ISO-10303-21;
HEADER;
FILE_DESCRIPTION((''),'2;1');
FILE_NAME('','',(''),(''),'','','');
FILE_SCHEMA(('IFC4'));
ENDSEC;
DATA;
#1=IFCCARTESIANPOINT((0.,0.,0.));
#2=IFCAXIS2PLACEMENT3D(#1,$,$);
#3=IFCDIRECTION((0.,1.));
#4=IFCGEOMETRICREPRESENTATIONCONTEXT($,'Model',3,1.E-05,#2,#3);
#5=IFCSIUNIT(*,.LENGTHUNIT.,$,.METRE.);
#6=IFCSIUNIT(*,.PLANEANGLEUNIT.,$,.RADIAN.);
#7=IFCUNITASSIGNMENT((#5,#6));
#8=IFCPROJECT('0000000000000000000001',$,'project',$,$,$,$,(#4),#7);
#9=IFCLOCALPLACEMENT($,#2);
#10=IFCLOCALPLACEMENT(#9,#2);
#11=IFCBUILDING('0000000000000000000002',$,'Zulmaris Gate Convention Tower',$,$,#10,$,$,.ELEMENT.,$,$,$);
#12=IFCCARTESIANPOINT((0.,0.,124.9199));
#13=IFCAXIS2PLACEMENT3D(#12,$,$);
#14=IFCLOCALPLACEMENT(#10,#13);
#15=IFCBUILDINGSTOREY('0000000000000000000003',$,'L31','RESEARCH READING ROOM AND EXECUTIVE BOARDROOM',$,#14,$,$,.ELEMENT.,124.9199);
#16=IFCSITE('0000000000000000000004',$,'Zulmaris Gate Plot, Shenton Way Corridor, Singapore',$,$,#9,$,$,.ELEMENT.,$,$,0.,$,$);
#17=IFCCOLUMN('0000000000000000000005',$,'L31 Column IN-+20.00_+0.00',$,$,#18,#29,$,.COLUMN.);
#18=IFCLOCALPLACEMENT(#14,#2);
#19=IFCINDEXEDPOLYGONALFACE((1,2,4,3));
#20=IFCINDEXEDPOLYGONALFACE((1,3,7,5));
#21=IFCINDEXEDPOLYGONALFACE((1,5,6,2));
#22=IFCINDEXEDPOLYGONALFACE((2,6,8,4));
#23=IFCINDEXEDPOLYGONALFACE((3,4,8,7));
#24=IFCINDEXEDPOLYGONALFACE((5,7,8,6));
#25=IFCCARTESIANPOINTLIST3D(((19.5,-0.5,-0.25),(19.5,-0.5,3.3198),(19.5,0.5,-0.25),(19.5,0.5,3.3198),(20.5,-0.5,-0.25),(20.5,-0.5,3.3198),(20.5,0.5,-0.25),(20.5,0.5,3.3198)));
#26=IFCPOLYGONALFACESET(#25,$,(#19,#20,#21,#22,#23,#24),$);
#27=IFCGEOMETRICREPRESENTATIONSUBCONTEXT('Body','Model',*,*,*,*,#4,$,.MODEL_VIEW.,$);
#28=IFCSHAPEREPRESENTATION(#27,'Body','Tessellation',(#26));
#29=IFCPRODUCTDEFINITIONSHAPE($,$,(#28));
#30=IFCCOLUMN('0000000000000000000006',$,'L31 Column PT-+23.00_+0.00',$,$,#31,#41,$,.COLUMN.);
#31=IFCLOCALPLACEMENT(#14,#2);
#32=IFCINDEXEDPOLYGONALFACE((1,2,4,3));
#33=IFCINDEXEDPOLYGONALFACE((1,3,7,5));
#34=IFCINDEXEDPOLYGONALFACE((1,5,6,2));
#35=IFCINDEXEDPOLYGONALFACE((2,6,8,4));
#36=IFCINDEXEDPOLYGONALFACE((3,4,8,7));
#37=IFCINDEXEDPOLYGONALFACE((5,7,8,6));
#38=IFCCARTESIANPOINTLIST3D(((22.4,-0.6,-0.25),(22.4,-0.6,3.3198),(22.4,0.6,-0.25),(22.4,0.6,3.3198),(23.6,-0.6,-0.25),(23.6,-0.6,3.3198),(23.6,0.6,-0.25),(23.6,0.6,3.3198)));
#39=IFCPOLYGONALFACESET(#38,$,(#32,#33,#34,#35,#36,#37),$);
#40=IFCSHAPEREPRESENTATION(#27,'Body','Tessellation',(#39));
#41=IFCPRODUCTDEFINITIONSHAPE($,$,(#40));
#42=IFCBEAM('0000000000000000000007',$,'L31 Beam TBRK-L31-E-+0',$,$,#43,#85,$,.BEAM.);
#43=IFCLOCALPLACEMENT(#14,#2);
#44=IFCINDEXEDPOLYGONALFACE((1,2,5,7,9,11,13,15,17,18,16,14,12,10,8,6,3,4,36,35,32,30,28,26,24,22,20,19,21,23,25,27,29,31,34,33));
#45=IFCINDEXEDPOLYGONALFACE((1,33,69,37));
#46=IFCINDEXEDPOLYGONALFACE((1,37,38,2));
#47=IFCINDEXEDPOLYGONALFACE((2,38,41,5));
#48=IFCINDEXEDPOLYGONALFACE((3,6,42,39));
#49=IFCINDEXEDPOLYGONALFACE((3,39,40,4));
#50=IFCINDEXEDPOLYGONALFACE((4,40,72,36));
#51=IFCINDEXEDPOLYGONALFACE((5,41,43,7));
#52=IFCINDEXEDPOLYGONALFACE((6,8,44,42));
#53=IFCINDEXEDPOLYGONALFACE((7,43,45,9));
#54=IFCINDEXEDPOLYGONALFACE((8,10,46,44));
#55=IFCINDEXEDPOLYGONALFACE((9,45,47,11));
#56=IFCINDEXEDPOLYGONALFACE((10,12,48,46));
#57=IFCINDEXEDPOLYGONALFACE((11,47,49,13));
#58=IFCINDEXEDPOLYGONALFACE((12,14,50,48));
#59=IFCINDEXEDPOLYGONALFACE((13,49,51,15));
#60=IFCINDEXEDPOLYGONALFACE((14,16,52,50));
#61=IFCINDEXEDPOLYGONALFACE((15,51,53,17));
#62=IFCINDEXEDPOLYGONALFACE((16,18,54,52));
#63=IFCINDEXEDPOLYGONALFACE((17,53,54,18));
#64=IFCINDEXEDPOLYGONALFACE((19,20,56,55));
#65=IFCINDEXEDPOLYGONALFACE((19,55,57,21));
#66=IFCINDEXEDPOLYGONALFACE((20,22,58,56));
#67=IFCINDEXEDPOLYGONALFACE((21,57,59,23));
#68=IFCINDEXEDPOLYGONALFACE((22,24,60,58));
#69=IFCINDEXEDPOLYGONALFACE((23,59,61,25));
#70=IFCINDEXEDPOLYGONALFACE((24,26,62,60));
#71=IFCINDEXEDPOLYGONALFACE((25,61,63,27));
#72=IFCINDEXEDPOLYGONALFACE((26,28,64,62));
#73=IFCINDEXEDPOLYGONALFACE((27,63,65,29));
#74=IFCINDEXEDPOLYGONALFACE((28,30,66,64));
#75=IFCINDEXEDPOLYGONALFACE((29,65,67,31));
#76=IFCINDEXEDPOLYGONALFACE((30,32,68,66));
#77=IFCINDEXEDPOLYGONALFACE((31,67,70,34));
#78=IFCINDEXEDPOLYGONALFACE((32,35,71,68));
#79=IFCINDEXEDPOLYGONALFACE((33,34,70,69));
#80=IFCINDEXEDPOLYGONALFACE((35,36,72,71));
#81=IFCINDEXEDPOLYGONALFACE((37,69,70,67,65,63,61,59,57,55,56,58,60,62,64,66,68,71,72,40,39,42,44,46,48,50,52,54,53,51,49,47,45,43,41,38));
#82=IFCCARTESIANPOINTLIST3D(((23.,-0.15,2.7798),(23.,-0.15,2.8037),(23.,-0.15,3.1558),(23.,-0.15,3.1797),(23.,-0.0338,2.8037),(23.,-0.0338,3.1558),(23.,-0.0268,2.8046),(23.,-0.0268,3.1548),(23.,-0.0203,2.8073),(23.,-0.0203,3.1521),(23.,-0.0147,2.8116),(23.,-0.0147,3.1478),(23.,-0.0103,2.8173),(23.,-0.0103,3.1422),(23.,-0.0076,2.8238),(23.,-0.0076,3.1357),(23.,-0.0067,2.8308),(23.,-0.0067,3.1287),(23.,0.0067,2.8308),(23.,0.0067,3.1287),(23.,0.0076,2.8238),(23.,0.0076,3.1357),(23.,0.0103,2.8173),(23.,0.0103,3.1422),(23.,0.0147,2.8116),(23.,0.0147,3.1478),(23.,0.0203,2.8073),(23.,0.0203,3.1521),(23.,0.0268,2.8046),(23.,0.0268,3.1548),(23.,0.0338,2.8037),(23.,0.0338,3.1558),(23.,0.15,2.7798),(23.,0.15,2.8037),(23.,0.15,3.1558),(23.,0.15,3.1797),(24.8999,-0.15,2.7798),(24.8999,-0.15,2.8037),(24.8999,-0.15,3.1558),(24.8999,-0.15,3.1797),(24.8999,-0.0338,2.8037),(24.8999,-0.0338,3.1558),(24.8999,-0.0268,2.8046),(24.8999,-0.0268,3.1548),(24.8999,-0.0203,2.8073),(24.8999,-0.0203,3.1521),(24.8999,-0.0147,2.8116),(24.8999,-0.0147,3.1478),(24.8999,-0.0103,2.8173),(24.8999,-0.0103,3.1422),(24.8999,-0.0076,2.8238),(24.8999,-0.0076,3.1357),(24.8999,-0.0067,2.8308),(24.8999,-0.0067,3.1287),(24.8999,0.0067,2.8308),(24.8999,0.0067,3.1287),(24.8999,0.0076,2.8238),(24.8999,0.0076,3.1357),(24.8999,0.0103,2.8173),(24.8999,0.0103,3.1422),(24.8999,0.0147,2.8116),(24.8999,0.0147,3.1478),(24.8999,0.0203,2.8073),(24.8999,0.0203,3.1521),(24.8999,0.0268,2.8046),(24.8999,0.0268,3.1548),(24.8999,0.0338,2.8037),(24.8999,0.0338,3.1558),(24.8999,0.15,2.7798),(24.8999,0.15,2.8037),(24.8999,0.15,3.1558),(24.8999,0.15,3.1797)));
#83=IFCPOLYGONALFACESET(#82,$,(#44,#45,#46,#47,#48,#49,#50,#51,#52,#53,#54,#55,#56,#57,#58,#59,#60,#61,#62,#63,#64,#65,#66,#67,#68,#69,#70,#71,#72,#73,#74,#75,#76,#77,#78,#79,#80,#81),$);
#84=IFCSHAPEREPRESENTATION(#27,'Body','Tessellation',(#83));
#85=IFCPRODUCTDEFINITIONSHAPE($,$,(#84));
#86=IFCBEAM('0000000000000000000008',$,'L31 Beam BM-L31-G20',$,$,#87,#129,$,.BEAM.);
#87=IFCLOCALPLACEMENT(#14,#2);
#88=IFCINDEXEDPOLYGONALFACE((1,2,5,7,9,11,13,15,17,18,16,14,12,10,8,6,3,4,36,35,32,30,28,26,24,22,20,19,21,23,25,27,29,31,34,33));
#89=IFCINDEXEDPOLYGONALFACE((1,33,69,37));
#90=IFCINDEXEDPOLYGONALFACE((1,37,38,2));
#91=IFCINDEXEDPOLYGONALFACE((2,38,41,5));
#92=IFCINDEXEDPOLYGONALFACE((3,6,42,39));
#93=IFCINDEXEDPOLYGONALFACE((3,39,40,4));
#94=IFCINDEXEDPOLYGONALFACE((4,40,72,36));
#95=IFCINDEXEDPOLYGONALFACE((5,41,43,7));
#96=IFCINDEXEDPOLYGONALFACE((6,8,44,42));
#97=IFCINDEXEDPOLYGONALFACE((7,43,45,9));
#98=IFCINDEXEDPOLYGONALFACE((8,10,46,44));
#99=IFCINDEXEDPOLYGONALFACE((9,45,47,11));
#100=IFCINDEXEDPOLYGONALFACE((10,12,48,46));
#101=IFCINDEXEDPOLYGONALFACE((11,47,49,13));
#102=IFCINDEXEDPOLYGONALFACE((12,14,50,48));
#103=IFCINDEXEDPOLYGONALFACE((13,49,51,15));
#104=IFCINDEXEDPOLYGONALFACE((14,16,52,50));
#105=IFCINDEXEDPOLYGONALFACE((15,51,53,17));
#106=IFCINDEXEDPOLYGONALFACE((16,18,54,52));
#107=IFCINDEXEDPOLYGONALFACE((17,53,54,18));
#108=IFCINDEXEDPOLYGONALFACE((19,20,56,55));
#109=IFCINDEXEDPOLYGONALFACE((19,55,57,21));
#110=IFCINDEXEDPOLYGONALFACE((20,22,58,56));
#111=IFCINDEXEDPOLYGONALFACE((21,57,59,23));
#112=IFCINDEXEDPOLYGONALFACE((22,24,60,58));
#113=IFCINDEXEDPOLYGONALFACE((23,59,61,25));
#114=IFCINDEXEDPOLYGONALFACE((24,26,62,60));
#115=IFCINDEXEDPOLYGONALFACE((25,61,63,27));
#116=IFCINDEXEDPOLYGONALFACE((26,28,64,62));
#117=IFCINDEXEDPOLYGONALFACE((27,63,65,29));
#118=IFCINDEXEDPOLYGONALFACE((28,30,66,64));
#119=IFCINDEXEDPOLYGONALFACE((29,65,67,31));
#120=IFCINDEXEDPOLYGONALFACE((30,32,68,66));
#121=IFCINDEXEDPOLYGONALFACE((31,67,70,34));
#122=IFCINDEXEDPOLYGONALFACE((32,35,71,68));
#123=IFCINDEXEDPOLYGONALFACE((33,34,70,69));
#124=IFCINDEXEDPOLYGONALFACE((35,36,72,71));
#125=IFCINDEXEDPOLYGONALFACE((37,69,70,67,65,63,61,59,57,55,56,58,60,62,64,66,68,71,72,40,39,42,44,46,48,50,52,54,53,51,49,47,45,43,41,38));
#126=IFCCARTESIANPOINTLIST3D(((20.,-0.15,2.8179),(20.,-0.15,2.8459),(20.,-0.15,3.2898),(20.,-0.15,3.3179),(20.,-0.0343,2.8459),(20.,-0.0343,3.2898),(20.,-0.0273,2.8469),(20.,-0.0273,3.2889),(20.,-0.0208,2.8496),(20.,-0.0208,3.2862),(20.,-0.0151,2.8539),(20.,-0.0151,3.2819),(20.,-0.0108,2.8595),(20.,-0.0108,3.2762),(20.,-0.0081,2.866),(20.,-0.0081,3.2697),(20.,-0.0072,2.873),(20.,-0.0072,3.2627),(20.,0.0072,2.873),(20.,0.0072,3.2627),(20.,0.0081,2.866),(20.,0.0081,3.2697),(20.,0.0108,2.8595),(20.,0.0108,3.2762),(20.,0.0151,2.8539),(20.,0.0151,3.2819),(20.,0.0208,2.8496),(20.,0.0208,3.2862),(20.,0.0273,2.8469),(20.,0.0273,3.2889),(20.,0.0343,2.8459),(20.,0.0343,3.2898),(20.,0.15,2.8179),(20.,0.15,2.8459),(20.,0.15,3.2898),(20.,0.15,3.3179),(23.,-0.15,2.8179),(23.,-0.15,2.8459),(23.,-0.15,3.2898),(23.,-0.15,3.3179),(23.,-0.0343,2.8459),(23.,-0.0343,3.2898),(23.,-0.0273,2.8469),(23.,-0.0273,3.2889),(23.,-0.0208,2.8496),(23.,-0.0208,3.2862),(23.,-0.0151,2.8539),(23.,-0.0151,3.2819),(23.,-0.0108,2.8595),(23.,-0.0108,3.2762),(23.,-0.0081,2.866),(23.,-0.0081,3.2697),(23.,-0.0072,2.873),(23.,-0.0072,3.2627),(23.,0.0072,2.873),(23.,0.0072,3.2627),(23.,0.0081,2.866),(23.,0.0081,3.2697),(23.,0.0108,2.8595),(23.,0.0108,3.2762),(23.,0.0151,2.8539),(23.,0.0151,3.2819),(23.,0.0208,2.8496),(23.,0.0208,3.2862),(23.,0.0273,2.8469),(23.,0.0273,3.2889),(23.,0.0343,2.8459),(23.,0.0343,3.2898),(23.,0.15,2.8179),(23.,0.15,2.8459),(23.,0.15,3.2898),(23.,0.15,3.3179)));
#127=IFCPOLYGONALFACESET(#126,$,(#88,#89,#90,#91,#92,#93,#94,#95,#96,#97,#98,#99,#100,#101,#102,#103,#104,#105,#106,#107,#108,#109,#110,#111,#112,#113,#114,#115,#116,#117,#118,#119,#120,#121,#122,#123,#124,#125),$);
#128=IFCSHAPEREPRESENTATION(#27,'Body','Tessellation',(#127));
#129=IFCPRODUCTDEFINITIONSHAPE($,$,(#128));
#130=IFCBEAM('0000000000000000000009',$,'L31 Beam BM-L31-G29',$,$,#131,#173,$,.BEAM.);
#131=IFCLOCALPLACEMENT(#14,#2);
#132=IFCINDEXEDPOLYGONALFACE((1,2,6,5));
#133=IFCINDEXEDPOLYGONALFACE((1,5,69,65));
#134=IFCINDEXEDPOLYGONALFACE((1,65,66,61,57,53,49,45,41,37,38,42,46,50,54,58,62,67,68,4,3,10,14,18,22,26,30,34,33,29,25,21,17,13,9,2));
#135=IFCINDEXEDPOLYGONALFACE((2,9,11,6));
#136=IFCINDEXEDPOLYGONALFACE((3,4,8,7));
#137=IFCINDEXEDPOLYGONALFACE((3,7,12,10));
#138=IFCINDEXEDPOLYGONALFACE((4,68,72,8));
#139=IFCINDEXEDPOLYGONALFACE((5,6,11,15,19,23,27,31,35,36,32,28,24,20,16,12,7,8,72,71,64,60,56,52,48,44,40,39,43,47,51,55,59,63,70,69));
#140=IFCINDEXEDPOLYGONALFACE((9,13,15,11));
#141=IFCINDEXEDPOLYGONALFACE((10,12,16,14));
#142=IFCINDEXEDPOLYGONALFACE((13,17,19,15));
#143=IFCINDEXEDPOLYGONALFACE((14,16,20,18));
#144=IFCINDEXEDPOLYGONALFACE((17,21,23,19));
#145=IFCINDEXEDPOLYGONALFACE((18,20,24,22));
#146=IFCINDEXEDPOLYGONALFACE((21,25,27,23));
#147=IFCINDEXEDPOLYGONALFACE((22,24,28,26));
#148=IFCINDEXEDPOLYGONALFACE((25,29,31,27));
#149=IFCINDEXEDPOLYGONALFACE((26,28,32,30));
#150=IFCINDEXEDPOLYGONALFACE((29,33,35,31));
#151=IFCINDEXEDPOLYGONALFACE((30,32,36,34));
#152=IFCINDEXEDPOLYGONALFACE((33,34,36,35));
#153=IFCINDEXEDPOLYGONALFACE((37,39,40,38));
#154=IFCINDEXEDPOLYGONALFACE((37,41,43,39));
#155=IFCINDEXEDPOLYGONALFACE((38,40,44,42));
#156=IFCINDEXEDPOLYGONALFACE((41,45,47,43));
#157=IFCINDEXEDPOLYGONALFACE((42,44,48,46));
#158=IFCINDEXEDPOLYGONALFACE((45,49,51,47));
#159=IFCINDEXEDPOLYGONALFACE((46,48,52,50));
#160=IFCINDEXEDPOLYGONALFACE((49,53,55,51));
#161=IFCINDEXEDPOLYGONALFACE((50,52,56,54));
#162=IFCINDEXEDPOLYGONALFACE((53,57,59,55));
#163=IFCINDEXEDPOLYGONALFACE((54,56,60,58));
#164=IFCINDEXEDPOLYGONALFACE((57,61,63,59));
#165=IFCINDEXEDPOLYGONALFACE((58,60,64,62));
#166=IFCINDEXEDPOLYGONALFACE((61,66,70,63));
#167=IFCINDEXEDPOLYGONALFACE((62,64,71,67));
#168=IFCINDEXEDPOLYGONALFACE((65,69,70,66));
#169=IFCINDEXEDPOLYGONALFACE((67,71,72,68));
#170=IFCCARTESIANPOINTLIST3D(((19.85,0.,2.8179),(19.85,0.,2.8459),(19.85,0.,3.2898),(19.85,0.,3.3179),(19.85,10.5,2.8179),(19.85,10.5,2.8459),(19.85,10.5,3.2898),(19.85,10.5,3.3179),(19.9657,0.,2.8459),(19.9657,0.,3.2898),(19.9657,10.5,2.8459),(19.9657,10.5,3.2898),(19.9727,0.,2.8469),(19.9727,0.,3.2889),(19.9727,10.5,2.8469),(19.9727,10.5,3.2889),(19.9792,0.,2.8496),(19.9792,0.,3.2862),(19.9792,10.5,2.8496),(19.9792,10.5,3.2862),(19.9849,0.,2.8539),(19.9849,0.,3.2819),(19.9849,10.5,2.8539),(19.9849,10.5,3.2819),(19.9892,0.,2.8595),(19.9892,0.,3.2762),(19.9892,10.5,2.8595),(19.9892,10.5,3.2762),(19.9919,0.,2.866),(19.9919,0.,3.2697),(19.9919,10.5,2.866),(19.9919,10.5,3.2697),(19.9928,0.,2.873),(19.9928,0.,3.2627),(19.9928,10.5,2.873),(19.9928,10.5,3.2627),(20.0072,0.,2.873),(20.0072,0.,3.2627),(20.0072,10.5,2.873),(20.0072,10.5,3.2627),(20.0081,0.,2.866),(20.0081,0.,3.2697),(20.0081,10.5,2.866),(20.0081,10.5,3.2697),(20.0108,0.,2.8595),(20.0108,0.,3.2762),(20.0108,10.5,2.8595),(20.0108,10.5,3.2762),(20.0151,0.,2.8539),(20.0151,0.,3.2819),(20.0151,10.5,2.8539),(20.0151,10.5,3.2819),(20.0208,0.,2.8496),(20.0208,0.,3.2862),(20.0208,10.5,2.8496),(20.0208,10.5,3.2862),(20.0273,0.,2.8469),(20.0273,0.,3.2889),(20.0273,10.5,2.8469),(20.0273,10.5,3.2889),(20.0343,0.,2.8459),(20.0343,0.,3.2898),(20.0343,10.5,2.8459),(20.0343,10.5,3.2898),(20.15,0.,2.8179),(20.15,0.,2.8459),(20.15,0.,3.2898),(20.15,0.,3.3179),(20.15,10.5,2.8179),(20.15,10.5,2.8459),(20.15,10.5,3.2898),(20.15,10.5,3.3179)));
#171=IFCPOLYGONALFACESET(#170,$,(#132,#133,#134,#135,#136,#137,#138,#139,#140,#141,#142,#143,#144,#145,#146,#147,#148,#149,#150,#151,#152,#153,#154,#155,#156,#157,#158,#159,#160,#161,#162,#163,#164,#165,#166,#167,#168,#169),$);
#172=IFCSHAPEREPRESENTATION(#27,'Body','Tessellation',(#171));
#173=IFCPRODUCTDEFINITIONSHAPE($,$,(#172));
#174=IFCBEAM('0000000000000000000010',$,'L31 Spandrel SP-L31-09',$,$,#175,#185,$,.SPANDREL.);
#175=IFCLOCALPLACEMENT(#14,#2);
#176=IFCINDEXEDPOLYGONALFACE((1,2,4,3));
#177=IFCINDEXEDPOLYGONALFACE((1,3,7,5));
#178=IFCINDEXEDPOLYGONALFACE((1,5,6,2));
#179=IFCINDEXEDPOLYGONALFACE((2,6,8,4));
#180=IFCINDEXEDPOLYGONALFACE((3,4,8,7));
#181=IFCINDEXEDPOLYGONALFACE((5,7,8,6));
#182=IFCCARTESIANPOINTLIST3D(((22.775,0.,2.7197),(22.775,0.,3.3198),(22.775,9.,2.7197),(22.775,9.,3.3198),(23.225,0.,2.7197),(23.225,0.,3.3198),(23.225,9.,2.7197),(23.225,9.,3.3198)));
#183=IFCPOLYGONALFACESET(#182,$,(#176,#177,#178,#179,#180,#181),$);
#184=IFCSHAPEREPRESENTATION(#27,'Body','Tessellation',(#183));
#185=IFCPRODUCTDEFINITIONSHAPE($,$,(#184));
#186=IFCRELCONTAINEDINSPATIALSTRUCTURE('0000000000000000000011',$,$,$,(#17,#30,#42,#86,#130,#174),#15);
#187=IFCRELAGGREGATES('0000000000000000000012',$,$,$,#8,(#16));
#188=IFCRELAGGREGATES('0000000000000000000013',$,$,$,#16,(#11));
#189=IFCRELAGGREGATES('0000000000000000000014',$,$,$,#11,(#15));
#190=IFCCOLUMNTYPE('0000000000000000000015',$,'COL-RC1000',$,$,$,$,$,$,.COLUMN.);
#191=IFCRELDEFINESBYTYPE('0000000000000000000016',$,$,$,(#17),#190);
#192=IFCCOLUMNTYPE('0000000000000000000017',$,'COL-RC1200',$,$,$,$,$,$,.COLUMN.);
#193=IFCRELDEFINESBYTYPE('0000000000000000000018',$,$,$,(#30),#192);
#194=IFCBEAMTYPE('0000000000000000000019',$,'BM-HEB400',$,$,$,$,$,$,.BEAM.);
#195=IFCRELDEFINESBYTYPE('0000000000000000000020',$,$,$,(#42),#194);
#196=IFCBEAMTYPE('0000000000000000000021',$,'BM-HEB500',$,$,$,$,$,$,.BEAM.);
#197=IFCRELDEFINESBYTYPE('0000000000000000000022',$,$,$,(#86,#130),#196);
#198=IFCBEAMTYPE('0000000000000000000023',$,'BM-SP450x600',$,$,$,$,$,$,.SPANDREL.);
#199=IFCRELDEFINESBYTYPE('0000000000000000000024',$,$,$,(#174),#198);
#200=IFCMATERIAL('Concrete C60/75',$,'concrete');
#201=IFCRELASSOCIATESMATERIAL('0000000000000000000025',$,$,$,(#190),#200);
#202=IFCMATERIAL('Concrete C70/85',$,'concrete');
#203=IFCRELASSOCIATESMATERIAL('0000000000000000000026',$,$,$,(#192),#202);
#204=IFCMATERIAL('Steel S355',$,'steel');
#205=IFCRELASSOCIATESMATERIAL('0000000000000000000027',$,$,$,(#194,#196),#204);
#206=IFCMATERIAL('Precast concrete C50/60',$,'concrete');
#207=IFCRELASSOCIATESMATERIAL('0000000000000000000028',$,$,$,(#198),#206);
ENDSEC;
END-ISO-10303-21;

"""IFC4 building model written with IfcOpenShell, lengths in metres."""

from ifc_helpers import new_model, si_unit, direction, frame, origin, origin_2d, place, context, subcontext, project, spatial, rectangle, i_section, extrude, material, material_profile, profile_set, type_object, element, save


model = new_model("IFC4")

# Units and contexts
model_context = context("Model", 3, precision=1e-05, world=origin(), true_north=direction((0.0, 1.0)))
body_context = subcontext(model_context, "Body", "Model", "MODEL_VIEW")
ifc_project = project(units=[si_unit("LENGTHUNIT", "METRE"), si_unit("PLANEANGLEUNIT", "RADIAN")], contexts=[model_context])

# Site, building, storey
site_placement = place(None, origin())
site = spatial("IfcSite", under=ifc_project, at=site_placement, Name="Zulmaris Gate Plot, Shenton Way Corridor, Singapore", CompositionType="ELEMENT", RefElevation=0.0)
building_placement = place(site_placement, origin())
building = spatial("IfcBuilding", under=site, at=building_placement, Name="Zulmaris Gate Convention Tower", CompositionType="ELEMENT")
storey_placement = place(building_placement, frame((0.0, 0.0, 124.9199)))
storey = spatial("IfcBuildingStorey", under=building, at=storey_placement, Name="L31", Description="RESEARCH READING ROOM AND EXECUTIVE BOARDROOM", CompositionType="ELEMENT", Elevation=124.9199)

# Columns
ifc_material_1 = material(Name="Concrete C60/75", Category="concrete")
ifc_material_profile_1 = material_profile(ifc_material_1, rectangle(XDim=1.0, YDim=1.0, at=origin_2d()), Name="RC COL 1000x1000")
ifc_profile_set_1 = profile_set([ifc_material_profile_1], Name="Concrete C60/75")
column_type_1 = type_object("IfcColumnType", Name="COL-RC1000", PredefinedType="COLUMN", material=ifc_profile_set_1)
column_1_placement = place(storey_placement, frame((20.0, 0.0, -0.25), z_axis=(0.0, 0.0, 1.0), x_axis=(1.0, 0.0, 0.0)))
element("IfcColumn", 1, at=column_1_placement, inside=storey, type_object=column_type_1, Name="L31 Column IN-+20.00_+0.00", PredefinedType="COLUMN", context=body_context, shape_type="SweptSolid", body=[
    extrude(rectangle(XDim=1.0, YDim=1.0, at=origin_2d()), origin(), (0.0, 0.0, 1.0), 3.5698),
])
ifc_material_2 = material(Name="Concrete C70/85", Category="concrete")
ifc_material_profile_2 = material_profile(ifc_material_2, rectangle(XDim=1.2, YDim=1.2, at=origin_2d()), Name="RC COL 1200x1200")
ifc_profile_set_2 = profile_set([ifc_material_profile_2], Name="Concrete C70/85")
column_type_2 = type_object("IfcColumnType", Name="COL-RC1200", PredefinedType="COLUMN", material=ifc_profile_set_2)
column_2_placement = place(storey_placement, frame((23.0, 0.0, -0.25), z_axis=(0.0, 0.0, 1.0), x_axis=(1.0, 0.0, 0.0)))
element("IfcColumn", 2, at=column_2_placement, inside=storey, type_object=column_type_2, Name="L31 Column PT-+23.00_+0.00", PredefinedType="COLUMN", context=body_context, shape_type="SweptSolid", body=[
    extrude(rectangle(XDim=1.2, YDim=1.2, at=origin_2d()), origin(), (0.0, 0.0, 1.0), 3.5698),
])

# Beams
ifc_material_3 = material(Name="Steel S355", Category="steel")
ifc_material_profile_3 = material_profile(ifc_material_3, i_section(OverallWidth=0.3, OverallDepth=0.3999, WebThickness=0.0134, FlangeThickness=0.0239, FilletRadius=0.0271, at=origin_2d()), Name="HEB 400")
ifc_profile_set_3 = profile_set([ifc_material_profile_3], Name="Steel S355")
beam_type_1 = type_object("IfcBeamType", Name="BM-HEB400", PredefinedType="BEAM", material=ifc_profile_set_3)
beam_1_placement = place(storey_placement, frame((23.0, 0.0, 2.9797), z_axis=(1.0, 0.0, 0.0), x_axis=(0.0, 1.0, 0.0)))
element("IfcBeam", 3, at=beam_1_placement, inside=storey, type_object=beam_type_1, Name="L31 Beam TBRK-L31-E-+0", PredefinedType="BEAM", context=body_context, shape_type="SweptSolid", body=[
    extrude(i_section(OverallWidth=0.3, OverallDepth=0.3999, WebThickness=0.0134, FlangeThickness=0.0239, FilletRadius=0.0271, at=origin_2d()), origin(), (0.0, 0.0, 1.0), 1.8999),
])
ifc_material_profile_4 = material_profile(ifc_material_3, i_section(OverallWidth=0.3, OverallDepth=0.5, WebThickness=0.0144, FlangeThickness=0.0281, FilletRadius=0.0271, at=origin_2d()), Name="HEB 500")
ifc_profile_set_4 = profile_set([ifc_material_profile_4], Name="Steel S355")
beam_type_2 = type_object("IfcBeamType", Name="BM-HEB500", PredefinedType="BEAM", material=ifc_profile_set_4)
beam_2_placement = place(storey_placement, frame((20.0, 0.0, 3.0679), z_axis=(1.0, 0.0, 0.0), x_axis=(0.0, 1.0, 0.0)))
element("IfcBeam", 4, at=beam_2_placement, inside=storey, type_object=beam_type_2, Name="L31 Beam BM-L31-G20", PredefinedType="BEAM", context=body_context, shape_type="SweptSolid", body=[
    extrude(i_section(OverallWidth=0.3, OverallDepth=0.5, WebThickness=0.0144, FlangeThickness=0.0281, FilletRadius=0.0271, at=origin_2d()), origin(), (0.0, 0.0, 1.0), 3.0),
])
beam_3_placement = place(storey_placement, frame((20.0, 0.0, 3.0679), z_axis=(0.0, 1.0, 0.0), x_axis=(-1.0, 0.0, 0.0)))
element("IfcBeam", 5, at=beam_3_placement, inside=storey, type_object=beam_type_2, Name="L31 Beam BM-L31-G29", PredefinedType="BEAM", context=body_context, shape_type="SweptSolid", body=[
    extrude(i_section(OverallWidth=0.3, OverallDepth=0.5, WebThickness=0.0144, FlangeThickness=0.0281, FilletRadius=0.0271, at=origin_2d()), origin(), (0.0, 0.0, 1.0), 10.5),
])
ifc_material_4 = material(Name="Precast concrete C50/60", Category="concrete")
ifc_material_profile_5 = material_profile(ifc_material_4, rectangle(XDim=0.45, YDim=0.6001, at=origin_2d()), Name="RC SPANDREL 450x600")
ifc_profile_set_5 = profile_set([ifc_material_profile_5], Name="Precast concrete C50/60")
beam_type_3 = type_object("IfcBeamType", Name="BM-SP450x600", PredefinedType="SPANDREL", material=ifc_profile_set_5)
beam_4_placement = place(storey_placement, frame((23.0, 0.0, 3.0198), z_axis=(0.0, 1.0, 0.0), x_axis=(-1.0, 0.0, 0.0)))
element("IfcBeam", 6, at=beam_4_placement, inside=storey, type_object=beam_type_3, Name="L31 Spandrel SP-L31-09", PredefinedType="SPANDREL", context=body_context, shape_type="SweptSolid", body=[
    extrude(rectangle(XDim=0.45, YDim=0.6001, at=origin_2d()), origin(), (0.0, 0.0, 1.0), 9.0),
])

save(model, "model.ifc")
